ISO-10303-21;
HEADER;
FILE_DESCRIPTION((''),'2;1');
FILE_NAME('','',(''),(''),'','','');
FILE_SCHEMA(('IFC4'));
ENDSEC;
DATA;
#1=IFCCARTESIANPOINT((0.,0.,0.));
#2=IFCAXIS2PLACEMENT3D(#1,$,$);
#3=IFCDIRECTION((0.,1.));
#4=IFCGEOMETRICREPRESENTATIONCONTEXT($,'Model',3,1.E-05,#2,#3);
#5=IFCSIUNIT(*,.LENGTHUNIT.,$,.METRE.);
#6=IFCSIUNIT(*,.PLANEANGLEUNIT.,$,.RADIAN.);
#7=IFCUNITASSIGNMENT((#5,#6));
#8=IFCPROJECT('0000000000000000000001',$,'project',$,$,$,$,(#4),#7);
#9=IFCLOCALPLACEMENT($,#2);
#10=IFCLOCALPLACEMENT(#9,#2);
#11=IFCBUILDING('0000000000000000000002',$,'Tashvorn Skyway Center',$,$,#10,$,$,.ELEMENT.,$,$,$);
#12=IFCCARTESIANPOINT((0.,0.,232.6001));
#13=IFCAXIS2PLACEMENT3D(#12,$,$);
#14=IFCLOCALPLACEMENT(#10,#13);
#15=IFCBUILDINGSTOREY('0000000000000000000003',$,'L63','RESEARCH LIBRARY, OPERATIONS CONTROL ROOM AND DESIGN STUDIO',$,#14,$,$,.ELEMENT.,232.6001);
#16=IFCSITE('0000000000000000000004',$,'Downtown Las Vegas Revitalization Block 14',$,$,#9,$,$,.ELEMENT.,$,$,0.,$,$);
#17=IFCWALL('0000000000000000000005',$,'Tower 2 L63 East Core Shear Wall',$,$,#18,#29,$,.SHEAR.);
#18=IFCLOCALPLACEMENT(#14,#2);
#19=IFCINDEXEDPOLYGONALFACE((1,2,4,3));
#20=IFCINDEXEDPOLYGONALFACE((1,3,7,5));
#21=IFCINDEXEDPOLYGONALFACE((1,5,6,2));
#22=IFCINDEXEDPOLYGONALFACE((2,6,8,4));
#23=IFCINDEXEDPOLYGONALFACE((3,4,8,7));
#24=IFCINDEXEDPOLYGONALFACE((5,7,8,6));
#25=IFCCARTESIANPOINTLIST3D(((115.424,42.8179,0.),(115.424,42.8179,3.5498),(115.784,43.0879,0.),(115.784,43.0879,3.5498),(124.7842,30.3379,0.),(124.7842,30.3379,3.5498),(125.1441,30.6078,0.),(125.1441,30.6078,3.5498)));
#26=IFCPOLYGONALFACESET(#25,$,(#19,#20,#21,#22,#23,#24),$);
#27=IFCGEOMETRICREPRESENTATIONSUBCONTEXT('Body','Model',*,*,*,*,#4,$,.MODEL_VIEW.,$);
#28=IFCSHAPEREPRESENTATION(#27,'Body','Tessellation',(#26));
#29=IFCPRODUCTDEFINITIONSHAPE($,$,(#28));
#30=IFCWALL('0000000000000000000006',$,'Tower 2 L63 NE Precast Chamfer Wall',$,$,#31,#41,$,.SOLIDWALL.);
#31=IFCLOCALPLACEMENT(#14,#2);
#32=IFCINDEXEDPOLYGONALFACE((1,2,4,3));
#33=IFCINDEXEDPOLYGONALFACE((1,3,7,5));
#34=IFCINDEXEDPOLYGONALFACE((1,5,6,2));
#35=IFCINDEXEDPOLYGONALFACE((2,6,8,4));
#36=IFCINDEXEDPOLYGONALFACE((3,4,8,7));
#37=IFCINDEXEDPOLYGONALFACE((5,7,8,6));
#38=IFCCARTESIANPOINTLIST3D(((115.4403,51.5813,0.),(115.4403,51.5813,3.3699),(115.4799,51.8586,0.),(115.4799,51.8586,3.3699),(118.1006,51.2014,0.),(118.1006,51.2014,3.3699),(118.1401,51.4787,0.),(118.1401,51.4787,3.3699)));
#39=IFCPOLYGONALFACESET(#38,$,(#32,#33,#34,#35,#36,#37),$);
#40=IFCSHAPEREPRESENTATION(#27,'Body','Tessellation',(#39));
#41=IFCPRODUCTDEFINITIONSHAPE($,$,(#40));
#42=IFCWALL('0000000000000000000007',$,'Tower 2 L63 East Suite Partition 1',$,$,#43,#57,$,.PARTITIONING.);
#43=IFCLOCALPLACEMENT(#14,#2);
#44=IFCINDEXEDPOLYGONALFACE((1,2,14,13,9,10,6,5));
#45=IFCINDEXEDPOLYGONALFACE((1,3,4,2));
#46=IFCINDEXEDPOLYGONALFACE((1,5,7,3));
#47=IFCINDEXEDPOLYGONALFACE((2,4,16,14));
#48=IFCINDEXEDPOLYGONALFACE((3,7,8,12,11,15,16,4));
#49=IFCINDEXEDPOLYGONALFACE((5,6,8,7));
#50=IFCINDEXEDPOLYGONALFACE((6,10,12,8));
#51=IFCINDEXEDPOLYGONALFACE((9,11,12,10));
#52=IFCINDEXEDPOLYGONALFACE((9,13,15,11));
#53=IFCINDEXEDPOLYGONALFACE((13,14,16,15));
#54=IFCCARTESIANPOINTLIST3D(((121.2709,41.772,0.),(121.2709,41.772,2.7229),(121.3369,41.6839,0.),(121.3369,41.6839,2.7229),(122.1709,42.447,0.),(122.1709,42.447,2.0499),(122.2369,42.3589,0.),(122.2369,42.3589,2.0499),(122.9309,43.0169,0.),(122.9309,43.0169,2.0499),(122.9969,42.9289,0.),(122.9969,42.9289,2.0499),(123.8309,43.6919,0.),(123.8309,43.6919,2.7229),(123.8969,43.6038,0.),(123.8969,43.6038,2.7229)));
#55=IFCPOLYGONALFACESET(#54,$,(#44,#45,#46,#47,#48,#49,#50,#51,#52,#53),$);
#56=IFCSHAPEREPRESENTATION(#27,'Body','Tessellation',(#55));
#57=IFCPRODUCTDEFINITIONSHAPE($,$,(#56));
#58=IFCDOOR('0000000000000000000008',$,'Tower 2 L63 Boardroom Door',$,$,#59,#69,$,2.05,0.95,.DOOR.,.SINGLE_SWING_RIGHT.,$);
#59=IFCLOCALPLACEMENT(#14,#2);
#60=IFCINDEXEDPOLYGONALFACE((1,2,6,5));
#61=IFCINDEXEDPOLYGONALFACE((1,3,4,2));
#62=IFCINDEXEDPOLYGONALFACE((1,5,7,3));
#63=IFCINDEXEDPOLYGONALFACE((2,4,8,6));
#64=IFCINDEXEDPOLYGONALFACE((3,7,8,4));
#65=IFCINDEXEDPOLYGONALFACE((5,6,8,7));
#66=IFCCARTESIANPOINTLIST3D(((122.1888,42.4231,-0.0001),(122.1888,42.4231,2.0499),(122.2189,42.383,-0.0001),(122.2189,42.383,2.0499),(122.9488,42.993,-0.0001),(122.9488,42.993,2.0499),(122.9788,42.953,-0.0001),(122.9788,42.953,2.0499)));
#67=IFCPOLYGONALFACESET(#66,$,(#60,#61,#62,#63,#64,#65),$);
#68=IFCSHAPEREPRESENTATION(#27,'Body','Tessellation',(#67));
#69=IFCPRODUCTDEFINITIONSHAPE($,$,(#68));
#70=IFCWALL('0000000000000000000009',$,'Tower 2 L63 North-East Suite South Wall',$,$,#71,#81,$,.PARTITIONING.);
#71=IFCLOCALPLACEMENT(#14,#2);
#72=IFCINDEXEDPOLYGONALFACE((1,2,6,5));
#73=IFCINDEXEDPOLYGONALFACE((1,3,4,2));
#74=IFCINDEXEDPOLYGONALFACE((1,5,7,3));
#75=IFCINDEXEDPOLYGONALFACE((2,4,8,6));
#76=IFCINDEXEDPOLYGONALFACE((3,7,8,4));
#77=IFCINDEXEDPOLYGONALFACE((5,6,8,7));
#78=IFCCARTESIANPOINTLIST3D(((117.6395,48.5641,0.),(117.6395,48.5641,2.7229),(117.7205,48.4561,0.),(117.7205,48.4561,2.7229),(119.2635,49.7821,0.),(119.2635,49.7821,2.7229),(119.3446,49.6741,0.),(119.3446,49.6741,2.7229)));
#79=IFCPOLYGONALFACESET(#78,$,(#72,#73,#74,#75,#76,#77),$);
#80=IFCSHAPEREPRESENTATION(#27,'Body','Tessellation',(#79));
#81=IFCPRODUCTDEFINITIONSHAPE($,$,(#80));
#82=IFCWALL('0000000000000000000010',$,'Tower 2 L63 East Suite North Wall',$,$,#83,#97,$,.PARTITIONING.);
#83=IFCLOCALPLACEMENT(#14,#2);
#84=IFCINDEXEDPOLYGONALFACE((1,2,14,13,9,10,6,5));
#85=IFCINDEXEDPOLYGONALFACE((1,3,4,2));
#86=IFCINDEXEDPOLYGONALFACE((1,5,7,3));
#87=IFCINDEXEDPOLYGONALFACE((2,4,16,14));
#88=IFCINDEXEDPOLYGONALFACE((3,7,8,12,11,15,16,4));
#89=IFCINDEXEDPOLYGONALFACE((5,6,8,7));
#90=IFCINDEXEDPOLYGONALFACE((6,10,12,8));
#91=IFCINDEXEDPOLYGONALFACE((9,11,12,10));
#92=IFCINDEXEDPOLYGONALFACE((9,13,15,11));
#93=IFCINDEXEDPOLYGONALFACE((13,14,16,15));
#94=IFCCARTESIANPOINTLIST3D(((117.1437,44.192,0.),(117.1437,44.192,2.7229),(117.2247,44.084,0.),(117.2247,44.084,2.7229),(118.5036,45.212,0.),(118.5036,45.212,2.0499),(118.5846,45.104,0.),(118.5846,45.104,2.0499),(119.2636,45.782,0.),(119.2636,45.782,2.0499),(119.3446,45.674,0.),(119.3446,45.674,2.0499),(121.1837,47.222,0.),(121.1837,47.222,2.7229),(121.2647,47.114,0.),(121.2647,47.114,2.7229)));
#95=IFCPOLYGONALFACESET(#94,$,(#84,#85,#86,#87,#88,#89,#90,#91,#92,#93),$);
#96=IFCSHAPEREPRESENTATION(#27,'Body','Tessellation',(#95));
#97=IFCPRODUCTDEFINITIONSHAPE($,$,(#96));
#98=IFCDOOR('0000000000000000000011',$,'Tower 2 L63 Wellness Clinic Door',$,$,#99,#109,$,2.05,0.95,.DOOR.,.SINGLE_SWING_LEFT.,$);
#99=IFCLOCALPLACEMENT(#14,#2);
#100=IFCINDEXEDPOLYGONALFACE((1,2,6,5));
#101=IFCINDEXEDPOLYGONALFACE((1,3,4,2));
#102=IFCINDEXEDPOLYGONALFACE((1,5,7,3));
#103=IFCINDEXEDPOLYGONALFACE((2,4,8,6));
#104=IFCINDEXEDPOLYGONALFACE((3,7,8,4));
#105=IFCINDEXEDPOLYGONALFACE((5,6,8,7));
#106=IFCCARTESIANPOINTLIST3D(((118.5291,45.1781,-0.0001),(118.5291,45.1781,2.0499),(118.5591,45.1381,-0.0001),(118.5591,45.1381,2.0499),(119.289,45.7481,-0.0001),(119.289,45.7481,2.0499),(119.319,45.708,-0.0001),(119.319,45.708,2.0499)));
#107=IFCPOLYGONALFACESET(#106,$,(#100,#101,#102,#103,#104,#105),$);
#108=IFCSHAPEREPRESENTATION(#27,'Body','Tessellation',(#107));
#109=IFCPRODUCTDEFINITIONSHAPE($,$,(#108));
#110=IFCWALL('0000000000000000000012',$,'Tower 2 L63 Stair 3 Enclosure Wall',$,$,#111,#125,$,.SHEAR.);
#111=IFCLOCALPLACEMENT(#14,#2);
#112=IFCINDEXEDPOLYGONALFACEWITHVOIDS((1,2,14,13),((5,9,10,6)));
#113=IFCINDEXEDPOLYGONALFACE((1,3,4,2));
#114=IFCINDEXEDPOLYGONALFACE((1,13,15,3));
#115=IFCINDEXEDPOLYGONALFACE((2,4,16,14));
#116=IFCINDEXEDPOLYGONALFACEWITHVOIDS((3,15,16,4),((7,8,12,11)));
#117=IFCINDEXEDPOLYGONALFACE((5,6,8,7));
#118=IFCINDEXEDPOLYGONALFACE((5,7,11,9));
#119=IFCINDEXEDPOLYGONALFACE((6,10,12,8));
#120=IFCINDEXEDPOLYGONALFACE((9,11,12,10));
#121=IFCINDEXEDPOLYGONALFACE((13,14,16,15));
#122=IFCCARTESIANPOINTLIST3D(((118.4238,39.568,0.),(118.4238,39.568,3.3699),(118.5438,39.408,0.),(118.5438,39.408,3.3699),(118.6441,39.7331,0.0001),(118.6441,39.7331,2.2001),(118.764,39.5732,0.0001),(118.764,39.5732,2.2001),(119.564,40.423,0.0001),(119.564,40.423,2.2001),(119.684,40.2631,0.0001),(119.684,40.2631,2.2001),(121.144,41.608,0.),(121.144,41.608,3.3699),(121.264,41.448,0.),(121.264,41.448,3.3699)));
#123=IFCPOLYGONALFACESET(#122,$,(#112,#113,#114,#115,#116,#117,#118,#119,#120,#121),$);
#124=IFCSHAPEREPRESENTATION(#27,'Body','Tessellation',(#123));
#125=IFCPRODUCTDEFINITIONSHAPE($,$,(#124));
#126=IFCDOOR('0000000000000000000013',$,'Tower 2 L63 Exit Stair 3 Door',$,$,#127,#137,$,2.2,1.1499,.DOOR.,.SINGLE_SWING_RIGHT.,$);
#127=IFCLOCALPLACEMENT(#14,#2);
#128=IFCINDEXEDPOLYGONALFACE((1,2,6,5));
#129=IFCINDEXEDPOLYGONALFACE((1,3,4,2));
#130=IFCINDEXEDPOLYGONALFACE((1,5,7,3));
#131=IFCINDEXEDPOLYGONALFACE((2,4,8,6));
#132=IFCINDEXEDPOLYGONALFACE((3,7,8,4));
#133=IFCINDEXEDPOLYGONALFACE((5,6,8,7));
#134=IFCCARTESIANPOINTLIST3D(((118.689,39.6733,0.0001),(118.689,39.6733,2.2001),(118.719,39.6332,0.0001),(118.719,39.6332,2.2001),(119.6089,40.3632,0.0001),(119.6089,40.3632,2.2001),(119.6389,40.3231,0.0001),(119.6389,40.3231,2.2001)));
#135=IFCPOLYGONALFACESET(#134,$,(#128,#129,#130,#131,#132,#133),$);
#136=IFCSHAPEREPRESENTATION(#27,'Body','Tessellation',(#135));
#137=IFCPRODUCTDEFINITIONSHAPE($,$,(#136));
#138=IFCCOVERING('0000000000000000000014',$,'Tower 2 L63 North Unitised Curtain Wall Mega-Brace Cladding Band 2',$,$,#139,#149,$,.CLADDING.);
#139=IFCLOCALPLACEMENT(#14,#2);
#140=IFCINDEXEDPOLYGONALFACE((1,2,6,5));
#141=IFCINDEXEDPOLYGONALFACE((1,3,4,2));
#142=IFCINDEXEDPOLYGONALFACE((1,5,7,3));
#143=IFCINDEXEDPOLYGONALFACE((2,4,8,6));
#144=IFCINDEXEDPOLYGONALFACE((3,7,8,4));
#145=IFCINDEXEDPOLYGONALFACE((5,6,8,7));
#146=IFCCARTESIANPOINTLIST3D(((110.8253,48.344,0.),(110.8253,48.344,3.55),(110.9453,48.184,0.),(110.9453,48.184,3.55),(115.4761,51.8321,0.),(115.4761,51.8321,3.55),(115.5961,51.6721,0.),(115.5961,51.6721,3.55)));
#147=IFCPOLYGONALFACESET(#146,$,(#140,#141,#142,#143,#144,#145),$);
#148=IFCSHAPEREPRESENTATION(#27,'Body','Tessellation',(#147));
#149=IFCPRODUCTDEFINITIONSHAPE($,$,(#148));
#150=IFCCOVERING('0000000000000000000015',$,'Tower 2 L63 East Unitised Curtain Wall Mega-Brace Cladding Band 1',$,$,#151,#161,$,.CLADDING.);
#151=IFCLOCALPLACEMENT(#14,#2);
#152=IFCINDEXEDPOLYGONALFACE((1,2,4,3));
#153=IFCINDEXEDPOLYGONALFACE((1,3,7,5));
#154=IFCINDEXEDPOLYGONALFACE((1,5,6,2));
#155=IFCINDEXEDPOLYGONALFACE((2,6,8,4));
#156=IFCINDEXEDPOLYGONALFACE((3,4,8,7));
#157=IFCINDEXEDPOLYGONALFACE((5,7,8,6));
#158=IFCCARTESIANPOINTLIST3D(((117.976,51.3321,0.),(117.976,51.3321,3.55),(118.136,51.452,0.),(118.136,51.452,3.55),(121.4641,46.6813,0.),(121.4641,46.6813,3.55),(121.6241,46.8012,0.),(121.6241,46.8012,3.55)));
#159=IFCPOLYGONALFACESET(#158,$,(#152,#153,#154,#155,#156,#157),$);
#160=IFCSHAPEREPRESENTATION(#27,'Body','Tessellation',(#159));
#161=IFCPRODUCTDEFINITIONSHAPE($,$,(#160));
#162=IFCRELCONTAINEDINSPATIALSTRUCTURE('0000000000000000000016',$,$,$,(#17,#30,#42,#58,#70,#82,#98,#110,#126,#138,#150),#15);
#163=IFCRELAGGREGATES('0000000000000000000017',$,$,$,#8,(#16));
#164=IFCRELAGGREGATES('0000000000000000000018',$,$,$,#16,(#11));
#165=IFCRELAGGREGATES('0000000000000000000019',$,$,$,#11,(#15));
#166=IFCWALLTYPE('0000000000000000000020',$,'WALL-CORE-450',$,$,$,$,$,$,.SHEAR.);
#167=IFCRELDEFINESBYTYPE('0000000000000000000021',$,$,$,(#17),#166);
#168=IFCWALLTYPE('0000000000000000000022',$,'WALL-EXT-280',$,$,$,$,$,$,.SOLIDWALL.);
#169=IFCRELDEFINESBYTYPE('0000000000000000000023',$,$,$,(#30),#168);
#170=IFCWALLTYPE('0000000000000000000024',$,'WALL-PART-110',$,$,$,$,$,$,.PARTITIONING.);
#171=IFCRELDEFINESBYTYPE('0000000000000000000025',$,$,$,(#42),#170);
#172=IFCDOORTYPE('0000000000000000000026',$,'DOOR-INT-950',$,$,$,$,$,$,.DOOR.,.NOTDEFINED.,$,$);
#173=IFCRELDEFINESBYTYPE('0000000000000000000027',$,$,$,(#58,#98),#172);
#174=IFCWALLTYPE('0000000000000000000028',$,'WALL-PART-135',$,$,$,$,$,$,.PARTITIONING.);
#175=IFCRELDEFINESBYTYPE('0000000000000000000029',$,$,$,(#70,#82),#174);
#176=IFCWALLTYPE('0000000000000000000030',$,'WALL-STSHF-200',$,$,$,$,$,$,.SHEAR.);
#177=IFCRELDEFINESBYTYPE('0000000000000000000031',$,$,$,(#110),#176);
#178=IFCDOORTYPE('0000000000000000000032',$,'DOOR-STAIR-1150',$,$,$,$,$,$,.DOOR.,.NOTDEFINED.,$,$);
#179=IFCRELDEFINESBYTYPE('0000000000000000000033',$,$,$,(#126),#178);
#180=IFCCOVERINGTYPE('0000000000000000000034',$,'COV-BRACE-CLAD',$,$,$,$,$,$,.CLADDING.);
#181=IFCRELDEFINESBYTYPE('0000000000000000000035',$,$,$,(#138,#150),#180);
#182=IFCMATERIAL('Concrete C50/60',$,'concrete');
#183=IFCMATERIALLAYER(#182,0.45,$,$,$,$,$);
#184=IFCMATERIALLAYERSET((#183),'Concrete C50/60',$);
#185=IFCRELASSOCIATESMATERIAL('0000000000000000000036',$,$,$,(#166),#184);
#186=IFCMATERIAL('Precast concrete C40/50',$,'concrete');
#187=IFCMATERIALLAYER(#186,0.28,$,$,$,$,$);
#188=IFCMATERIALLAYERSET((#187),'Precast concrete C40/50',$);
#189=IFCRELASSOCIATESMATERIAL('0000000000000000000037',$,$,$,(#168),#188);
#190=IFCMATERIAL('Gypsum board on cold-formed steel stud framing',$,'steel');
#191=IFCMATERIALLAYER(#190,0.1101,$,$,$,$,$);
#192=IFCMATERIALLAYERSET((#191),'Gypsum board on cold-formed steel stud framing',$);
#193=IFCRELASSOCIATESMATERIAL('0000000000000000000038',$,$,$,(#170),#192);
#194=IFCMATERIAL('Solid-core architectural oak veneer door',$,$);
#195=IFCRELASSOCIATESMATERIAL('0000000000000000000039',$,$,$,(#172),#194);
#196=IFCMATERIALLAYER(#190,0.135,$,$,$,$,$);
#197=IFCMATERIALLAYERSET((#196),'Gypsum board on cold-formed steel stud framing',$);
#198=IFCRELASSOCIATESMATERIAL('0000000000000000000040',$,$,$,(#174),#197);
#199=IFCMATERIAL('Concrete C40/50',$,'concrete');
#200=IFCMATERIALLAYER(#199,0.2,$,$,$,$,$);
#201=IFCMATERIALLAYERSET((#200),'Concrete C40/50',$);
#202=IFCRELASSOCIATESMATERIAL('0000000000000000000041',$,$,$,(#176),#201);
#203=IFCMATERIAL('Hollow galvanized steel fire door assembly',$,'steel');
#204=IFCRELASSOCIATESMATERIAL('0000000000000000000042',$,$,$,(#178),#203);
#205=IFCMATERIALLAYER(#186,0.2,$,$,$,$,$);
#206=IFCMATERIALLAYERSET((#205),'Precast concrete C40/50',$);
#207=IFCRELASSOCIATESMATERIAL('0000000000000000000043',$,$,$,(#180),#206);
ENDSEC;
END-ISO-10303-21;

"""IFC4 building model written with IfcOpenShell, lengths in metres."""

from ifc_helpers import new_model, si_unit, direction, frame, frame_2d, origin, origin_2d, place, context, subcontext, project, spatial, rectangle, extrude, material, layer, layer_set, type_object, element, fill, save


model = new_model("IFC4")

# Units and contexts
model_context = context("Model", 3, precision=1e-05, world=origin(), true_north=direction((0.0, 1.0)))
body_context = subcontext(model_context, "Body", "Model", "MODEL_VIEW")
ifc_project = project(units=[si_unit("LENGTHUNIT", "METRE"), si_unit("PLANEANGLEUNIT", "RADIAN")], contexts=[model_context])

# Site, building, storey
site_placement = place(None, origin())
site = spatial("IfcSite", under=ifc_project, at=site_placement, Name="Downtown Las Vegas Revitalization Block 14", CompositionType="ELEMENT", RefElevation=0.0)
building_placement = place(site_placement, origin())
building = spatial("IfcBuilding", under=site, at=building_placement, Name="Tashvorn Skyway Center", CompositionType="ELEMENT")
storey_placement = place(building_placement, frame((0.0, 0.0, 232.6001)))
storey = spatial("IfcBuildingStorey", under=building, at=storey_placement, Name="L63", Description="RESEARCH LIBRARY, OPERATIONS CONTROL ROOM AND DESIGN STUDIO", CompositionType="ELEMENT", Elevation=232.6001)

# Walls
ifc_material_1 = material(Name="Concrete C50/60", Category="concrete")
ifc_layer_1 = layer(ifc_material_1, 0.45)
ifc_layer_set_1 = layer_set([ifc_layer_1], Name="Concrete C50/60")
wall_type_1 = type_object("IfcWallType", Name="WALL-CORE-450", PredefinedType="SHEAR", material=ifc_layer_set_1)
wall_1_placement = place(storey_placement, frame((115.604, 42.9529, 0.0), z_axis=(0.0, 0.0, 1.0), x_axis=(0.600005, -0.799996, 0.0)))
element("IfcWall", 1, at=wall_1_placement, inside=storey, type_object=wall_type_1, Name="Tower 2 L63 East Core Shear Wall", PredefinedType="SHEAR", context=body_context, shape_type="SweptSolid", body=[
    extrude(rectangle(XDim=15.6001, YDim=0.45, at=frame_2d((7.8, 0.0))), origin(), (0.0, 0.0, 1.0), 3.5498),
])
ifc_material_2 = material(Name="Precast concrete C40/50", Category="concrete")
ifc_layer_2 = layer(ifc_material_2, 0.28)
ifc_layer_set_2 = layer_set([ifc_layer_2], Name="Precast concrete C40/50")
wall_type_2 = type_object("IfcWallType", Name="WALL-EXT-280", PredefinedType="SOLIDWALL", material=ifc_layer_set_2)
wall_2_placement = place(storey_placement, frame((115.46, 51.72, 0.0), z_axis=(0.0, 0.0, 1.0), x_axis=(0.989957, -0.14137, 0.0)))
element("IfcWall", 2, at=wall_2_placement, inside=storey, type_object=wall_type_2, Name="Tower 2 L63 NE Precast Chamfer Wall", PredefinedType="SOLIDWALL", context=body_context, shape_type="SweptSolid", body=[
    extrude(rectangle(XDim=2.6873, YDim=0.28, at=frame_2d((1.3438, 0.0))), origin(), (0.0, 0.0, 1.0), 3.3699),
])

# Wall, opening, door
ifc_material_3 = material(Name="Gypsum board on cold-formed steel stud framing", Category="steel")
ifc_layer_3 = layer(ifc_material_3, 0.1101)
ifc_layer_set_3 = layer_set([ifc_layer_3], Name="Gypsum board on cold-formed steel stud framing")
wall_type_3 = type_object("IfcWallType", Name="WALL-PART-110", PredefinedType="PARTITIONING", material=ifc_layer_set_3)
wall_3_placement = place(storey_placement, frame((123.864, 43.6479, 0.0), z_axis=(0.0, 0.0, 1.0), x_axis=(-0.800018, -0.599976, 0.0)))
wall_3 = element("IfcWall", 3, at=wall_3_placement, inside=storey, type_object=wall_type_3, Name="Tower 2 L63 East Suite Partition 1", PredefinedType="PARTITIONING", context=body_context, shape_type="SweptSolid", body=[
    extrude(rectangle(XDim=3.2, YDim=0.1101, at=frame_2d((1.6001, 0.0))), origin(), (0.0, 0.0, 1.0), 2.7229),
])
opening_1_placement = place(wall_3_placement, frame((1.125, 0.0, 0.0)))
opening_1 = element("IfcOpeningElement", 4, at=opening_1_placement, cuts=wall_3, PredefinedType="OPENING", context=body_context, shape_type="SweptSolid", body=[
    extrude(rectangle(XDim=0.95, YDim=2.05, at=frame_2d((0.4751, 1.0249))), frame((0.0, 0.0649, 0.0), z_axis=(0.0, -1.0, 0.0), x_axis=(1.0, 0.0, 0.0)), (0.0, 0.0, 1.0), 0.1301),
])
ifc_material_4 = material(Name="Solid-core architectural oak veneer door")
door_type_1 = type_object("IfcDoorType", Name="DOOR-INT-950", OperationType="NOTDEFINED", PredefinedType="DOOR", material=ifc_material_4)
door_1_placement = place(opening_1_placement, origin())
door_1 = element("IfcDoor", 5, at=door_1_placement, inside=storey, type_object=door_type_1, Name="Tower 2 L63 Boardroom Door", OperationType="SINGLE_SWING_RIGHT", OverallHeight=2.05, OverallWidth=0.95, PredefinedType="DOOR", context=body_context, shape_type="SweptSolid", body=[
    extrude(rectangle(XDim=0.95, YDim=2.05, at=frame_2d((0.4751, 1.0249))), frame((0.0, 0.0249, 0.0), z_axis=(0.0, -1.0, 0.0), x_axis=(1.0, 0.0, 0.0)), (0.0, 0.0, 1.0), 0.05),
])
fill(opening_1, door_1)

# Wall
ifc_layer_4 = layer(ifc_material_3, 0.135)
ifc_layer_set_4 = layer_set([ifc_layer_4], Name="Gypsum board on cold-formed steel stud framing")
wall_type_4 = type_object("IfcWallType", Name="WALL-PART-135", PredefinedType="PARTITIONING", material=ifc_layer_set_4)
wall_4_placement = place(storey_placement, frame((117.6799, 48.51, 0.0), z_axis=(0.0, 0.0, 1.0), x_axis=(0.8, 0.6, 0.0)))
element("IfcWall", 6, at=wall_4_placement, inside=storey, type_object=wall_type_4, Name="Tower 2 L63 North-East Suite South Wall", PredefinedType="PARTITIONING", context=body_context, shape_type="SweptSolid", body=[
    extrude(rectangle(XDim=2.03, YDim=0.135, at=frame_2d((1.0151, 0.0))), origin(), (0.0, 0.0, 1.0), 2.7229),
])

# Walls, openings, doors
wall_5_placement = place(storey_placement, frame((121.2241, 47.168, 0.0), z_axis=(0.0, 0.0, 1.0), x_axis=(-0.8, -0.6, 0.0)))
wall_5 = element("IfcWall", 7, at=wall_5_placement, inside=storey, type_object=wall_type_4, Name="Tower 2 L63 East Suite North Wall", PredefinedType="PARTITIONING", context=body_context, shape_type="SweptSolid", body=[
    extrude(rectangle(XDim=5.05, YDim=0.135, at=frame_2d((2.5249, 0.0))), origin(), (0.0, 0.0, 1.0), 2.7229),
])
opening_2_placement = place(wall_5_placement, frame((2.3999, 0.0, 0.0)))
opening_2 = element("IfcOpeningElement", 8, at=opening_2_placement, cuts=wall_5, PredefinedType="OPENING", context=body_context, shape_type="SweptSolid", body=[
    extrude(rectangle(XDim=0.95, YDim=2.05, at=frame_2d((0.4751, 1.0249))), frame((0.0, 0.0774, 0.0), z_axis=(0.0, -1.0, 0.0), x_axis=(1.0, 0.0, 0.0)), (0.0, 0.0, 1.0), 0.155),
])
door_2_placement = place(opening_2_placement, origin())
door_2 = element("IfcDoor", 9, at=door_2_placement, inside=storey, type_object=door_type_1, Name="Tower 2 L63 Wellness Clinic Door", OperationType="SINGLE_SWING_LEFT", OverallHeight=2.05, OverallWidth=0.95, PredefinedType="DOOR", context=body_context, shape_type="SweptSolid", body=[
    extrude(rectangle(XDim=0.95, YDim=2.05, at=frame_2d((0.4751, 1.0249))), frame((0.0, 0.0249, 0.0), z_axis=(0.0, -1.0, 0.0), x_axis=(1.0, 0.0, 0.0)), (0.0, 0.0, 1.0), 0.05),
])
fill(opening_2, door_2)
ifc_material_5 = material(Name="Concrete C40/50", Category="concrete")
ifc_layer_5 = layer(ifc_material_5, 0.2)
ifc_layer_set_5 = layer_set([ifc_layer_5], Name="Concrete C40/50")
wall_type_5 = type_object("IfcWallType", Name="WALL-STSHF-200", PredefinedType="SHEAR", material=ifc_layer_set_5)
wall_6_placement = place(storey_placement, frame((121.2041, 41.5281, 0.0), z_axis=(0.0, 0.0, 1.0), x_axis=(-0.800017, -0.599977, 0.0)))
wall_6 = element("IfcWall", 10, at=wall_6_placement, inside=storey, type_object=wall_type_5, Name="Tower 2 L63 Stair 3 Enclosure Wall", PredefinedType="SHEAR", context=body_context, shape_type="SweptSolid", body=[
    extrude(rectangle(XDim=3.4001, YDim=0.2, at=frame_2d((1.7002, 0.0))), origin(), (0.0, 0.0, 1.0), 3.3699),
])
opening_3_placement = place(wall_6_placement, frame((1.9751, 0.0, 0.0)))
opening_3 = element("IfcOpeningElement", 11, at=opening_3_placement, cuts=wall_6, PredefinedType="OPENING", context=body_context, shape_type="SweptSolid", body=[
    extrude(rectangle(XDim=1.1499, YDim=2.2, at=frame_2d((0.575, 1.1001))), frame((0.0, 0.1099, 0.0), z_axis=(0.0, -1.0, 0.0), x_axis=(1.0, 0.0, 0.0)), (0.0, 0.0, 1.0), 0.22),
])
ifc_material_6 = material(Name="Hollow galvanized steel fire door assembly", Category="steel")
door_type_2 = type_object("IfcDoorType", Name="DOOR-STAIR-1150", OperationType="NOTDEFINED", PredefinedType="DOOR", material=ifc_material_6)
door_3_placement = place(opening_3_placement, origin())
door_3 = element("IfcDoor", 12, at=door_3_placement, inside=storey, type_object=door_type_2, Name="Tower 2 L63 Exit Stair 3 Door", OperationType="SINGLE_SWING_RIGHT", OverallHeight=2.2, OverallWidth=1.1499, PredefinedType="DOOR", context=body_context, shape_type="SweptSolid", body=[
    extrude(rectangle(XDim=1.1499, YDim=2.2, at=frame_2d((0.575, 1.1001))), frame((0.0, 0.0249, 0.0), z_axis=(0.0, -1.0, 0.0), x_axis=(1.0, 0.0, 0.0)), (0.0, 0.0, 1.0), 0.05),
])
fill(opening_3, door_3)

# Coverings
ifc_layer_6 = layer(ifc_material_2, 0.2)
ifc_layer_set_6 = layer_set([ifc_layer_6], Name="Precast concrete C40/50")
covering_type_1 = type_object("IfcCoveringType", Name="COV-BRACE-CLAD", PredefinedType="CLADDING", material=ifc_layer_set_6)
for number, where, z_axis, x_axis, name in (
    (13, (113.2107, 50.0081, 0.0), (0.0, 0.0, 1.0), (0.8, 0.6, 0.0), "Tower 2 L63 North Unitised Curtain Wall Mega-Brace Cladding Band 2"),
    (14, (119.8, 49.0667, 0.0), (0.0, 0.0, 1.0), (0.6, -0.8, 0.0), "Tower 2 L63 East Unitised Curtain Wall Mega-Brace Cladding Band 1"),
):
    element("IfcCovering", number, at=place(storey_placement, frame(where, z_axis=z_axis, x_axis=x_axis)), inside=storey, type_object=covering_type_1, Name=name, PredefinedType="CLADDING", context=body_context, shape_type="SweptSolid", body=[
        extrude(rectangle(XDim=5.8135, YDim=0.2, at=origin_2d()), origin(), (0.0, 0.0, 1.0), 3.55),
    ])

save(model, "model.ifc")
